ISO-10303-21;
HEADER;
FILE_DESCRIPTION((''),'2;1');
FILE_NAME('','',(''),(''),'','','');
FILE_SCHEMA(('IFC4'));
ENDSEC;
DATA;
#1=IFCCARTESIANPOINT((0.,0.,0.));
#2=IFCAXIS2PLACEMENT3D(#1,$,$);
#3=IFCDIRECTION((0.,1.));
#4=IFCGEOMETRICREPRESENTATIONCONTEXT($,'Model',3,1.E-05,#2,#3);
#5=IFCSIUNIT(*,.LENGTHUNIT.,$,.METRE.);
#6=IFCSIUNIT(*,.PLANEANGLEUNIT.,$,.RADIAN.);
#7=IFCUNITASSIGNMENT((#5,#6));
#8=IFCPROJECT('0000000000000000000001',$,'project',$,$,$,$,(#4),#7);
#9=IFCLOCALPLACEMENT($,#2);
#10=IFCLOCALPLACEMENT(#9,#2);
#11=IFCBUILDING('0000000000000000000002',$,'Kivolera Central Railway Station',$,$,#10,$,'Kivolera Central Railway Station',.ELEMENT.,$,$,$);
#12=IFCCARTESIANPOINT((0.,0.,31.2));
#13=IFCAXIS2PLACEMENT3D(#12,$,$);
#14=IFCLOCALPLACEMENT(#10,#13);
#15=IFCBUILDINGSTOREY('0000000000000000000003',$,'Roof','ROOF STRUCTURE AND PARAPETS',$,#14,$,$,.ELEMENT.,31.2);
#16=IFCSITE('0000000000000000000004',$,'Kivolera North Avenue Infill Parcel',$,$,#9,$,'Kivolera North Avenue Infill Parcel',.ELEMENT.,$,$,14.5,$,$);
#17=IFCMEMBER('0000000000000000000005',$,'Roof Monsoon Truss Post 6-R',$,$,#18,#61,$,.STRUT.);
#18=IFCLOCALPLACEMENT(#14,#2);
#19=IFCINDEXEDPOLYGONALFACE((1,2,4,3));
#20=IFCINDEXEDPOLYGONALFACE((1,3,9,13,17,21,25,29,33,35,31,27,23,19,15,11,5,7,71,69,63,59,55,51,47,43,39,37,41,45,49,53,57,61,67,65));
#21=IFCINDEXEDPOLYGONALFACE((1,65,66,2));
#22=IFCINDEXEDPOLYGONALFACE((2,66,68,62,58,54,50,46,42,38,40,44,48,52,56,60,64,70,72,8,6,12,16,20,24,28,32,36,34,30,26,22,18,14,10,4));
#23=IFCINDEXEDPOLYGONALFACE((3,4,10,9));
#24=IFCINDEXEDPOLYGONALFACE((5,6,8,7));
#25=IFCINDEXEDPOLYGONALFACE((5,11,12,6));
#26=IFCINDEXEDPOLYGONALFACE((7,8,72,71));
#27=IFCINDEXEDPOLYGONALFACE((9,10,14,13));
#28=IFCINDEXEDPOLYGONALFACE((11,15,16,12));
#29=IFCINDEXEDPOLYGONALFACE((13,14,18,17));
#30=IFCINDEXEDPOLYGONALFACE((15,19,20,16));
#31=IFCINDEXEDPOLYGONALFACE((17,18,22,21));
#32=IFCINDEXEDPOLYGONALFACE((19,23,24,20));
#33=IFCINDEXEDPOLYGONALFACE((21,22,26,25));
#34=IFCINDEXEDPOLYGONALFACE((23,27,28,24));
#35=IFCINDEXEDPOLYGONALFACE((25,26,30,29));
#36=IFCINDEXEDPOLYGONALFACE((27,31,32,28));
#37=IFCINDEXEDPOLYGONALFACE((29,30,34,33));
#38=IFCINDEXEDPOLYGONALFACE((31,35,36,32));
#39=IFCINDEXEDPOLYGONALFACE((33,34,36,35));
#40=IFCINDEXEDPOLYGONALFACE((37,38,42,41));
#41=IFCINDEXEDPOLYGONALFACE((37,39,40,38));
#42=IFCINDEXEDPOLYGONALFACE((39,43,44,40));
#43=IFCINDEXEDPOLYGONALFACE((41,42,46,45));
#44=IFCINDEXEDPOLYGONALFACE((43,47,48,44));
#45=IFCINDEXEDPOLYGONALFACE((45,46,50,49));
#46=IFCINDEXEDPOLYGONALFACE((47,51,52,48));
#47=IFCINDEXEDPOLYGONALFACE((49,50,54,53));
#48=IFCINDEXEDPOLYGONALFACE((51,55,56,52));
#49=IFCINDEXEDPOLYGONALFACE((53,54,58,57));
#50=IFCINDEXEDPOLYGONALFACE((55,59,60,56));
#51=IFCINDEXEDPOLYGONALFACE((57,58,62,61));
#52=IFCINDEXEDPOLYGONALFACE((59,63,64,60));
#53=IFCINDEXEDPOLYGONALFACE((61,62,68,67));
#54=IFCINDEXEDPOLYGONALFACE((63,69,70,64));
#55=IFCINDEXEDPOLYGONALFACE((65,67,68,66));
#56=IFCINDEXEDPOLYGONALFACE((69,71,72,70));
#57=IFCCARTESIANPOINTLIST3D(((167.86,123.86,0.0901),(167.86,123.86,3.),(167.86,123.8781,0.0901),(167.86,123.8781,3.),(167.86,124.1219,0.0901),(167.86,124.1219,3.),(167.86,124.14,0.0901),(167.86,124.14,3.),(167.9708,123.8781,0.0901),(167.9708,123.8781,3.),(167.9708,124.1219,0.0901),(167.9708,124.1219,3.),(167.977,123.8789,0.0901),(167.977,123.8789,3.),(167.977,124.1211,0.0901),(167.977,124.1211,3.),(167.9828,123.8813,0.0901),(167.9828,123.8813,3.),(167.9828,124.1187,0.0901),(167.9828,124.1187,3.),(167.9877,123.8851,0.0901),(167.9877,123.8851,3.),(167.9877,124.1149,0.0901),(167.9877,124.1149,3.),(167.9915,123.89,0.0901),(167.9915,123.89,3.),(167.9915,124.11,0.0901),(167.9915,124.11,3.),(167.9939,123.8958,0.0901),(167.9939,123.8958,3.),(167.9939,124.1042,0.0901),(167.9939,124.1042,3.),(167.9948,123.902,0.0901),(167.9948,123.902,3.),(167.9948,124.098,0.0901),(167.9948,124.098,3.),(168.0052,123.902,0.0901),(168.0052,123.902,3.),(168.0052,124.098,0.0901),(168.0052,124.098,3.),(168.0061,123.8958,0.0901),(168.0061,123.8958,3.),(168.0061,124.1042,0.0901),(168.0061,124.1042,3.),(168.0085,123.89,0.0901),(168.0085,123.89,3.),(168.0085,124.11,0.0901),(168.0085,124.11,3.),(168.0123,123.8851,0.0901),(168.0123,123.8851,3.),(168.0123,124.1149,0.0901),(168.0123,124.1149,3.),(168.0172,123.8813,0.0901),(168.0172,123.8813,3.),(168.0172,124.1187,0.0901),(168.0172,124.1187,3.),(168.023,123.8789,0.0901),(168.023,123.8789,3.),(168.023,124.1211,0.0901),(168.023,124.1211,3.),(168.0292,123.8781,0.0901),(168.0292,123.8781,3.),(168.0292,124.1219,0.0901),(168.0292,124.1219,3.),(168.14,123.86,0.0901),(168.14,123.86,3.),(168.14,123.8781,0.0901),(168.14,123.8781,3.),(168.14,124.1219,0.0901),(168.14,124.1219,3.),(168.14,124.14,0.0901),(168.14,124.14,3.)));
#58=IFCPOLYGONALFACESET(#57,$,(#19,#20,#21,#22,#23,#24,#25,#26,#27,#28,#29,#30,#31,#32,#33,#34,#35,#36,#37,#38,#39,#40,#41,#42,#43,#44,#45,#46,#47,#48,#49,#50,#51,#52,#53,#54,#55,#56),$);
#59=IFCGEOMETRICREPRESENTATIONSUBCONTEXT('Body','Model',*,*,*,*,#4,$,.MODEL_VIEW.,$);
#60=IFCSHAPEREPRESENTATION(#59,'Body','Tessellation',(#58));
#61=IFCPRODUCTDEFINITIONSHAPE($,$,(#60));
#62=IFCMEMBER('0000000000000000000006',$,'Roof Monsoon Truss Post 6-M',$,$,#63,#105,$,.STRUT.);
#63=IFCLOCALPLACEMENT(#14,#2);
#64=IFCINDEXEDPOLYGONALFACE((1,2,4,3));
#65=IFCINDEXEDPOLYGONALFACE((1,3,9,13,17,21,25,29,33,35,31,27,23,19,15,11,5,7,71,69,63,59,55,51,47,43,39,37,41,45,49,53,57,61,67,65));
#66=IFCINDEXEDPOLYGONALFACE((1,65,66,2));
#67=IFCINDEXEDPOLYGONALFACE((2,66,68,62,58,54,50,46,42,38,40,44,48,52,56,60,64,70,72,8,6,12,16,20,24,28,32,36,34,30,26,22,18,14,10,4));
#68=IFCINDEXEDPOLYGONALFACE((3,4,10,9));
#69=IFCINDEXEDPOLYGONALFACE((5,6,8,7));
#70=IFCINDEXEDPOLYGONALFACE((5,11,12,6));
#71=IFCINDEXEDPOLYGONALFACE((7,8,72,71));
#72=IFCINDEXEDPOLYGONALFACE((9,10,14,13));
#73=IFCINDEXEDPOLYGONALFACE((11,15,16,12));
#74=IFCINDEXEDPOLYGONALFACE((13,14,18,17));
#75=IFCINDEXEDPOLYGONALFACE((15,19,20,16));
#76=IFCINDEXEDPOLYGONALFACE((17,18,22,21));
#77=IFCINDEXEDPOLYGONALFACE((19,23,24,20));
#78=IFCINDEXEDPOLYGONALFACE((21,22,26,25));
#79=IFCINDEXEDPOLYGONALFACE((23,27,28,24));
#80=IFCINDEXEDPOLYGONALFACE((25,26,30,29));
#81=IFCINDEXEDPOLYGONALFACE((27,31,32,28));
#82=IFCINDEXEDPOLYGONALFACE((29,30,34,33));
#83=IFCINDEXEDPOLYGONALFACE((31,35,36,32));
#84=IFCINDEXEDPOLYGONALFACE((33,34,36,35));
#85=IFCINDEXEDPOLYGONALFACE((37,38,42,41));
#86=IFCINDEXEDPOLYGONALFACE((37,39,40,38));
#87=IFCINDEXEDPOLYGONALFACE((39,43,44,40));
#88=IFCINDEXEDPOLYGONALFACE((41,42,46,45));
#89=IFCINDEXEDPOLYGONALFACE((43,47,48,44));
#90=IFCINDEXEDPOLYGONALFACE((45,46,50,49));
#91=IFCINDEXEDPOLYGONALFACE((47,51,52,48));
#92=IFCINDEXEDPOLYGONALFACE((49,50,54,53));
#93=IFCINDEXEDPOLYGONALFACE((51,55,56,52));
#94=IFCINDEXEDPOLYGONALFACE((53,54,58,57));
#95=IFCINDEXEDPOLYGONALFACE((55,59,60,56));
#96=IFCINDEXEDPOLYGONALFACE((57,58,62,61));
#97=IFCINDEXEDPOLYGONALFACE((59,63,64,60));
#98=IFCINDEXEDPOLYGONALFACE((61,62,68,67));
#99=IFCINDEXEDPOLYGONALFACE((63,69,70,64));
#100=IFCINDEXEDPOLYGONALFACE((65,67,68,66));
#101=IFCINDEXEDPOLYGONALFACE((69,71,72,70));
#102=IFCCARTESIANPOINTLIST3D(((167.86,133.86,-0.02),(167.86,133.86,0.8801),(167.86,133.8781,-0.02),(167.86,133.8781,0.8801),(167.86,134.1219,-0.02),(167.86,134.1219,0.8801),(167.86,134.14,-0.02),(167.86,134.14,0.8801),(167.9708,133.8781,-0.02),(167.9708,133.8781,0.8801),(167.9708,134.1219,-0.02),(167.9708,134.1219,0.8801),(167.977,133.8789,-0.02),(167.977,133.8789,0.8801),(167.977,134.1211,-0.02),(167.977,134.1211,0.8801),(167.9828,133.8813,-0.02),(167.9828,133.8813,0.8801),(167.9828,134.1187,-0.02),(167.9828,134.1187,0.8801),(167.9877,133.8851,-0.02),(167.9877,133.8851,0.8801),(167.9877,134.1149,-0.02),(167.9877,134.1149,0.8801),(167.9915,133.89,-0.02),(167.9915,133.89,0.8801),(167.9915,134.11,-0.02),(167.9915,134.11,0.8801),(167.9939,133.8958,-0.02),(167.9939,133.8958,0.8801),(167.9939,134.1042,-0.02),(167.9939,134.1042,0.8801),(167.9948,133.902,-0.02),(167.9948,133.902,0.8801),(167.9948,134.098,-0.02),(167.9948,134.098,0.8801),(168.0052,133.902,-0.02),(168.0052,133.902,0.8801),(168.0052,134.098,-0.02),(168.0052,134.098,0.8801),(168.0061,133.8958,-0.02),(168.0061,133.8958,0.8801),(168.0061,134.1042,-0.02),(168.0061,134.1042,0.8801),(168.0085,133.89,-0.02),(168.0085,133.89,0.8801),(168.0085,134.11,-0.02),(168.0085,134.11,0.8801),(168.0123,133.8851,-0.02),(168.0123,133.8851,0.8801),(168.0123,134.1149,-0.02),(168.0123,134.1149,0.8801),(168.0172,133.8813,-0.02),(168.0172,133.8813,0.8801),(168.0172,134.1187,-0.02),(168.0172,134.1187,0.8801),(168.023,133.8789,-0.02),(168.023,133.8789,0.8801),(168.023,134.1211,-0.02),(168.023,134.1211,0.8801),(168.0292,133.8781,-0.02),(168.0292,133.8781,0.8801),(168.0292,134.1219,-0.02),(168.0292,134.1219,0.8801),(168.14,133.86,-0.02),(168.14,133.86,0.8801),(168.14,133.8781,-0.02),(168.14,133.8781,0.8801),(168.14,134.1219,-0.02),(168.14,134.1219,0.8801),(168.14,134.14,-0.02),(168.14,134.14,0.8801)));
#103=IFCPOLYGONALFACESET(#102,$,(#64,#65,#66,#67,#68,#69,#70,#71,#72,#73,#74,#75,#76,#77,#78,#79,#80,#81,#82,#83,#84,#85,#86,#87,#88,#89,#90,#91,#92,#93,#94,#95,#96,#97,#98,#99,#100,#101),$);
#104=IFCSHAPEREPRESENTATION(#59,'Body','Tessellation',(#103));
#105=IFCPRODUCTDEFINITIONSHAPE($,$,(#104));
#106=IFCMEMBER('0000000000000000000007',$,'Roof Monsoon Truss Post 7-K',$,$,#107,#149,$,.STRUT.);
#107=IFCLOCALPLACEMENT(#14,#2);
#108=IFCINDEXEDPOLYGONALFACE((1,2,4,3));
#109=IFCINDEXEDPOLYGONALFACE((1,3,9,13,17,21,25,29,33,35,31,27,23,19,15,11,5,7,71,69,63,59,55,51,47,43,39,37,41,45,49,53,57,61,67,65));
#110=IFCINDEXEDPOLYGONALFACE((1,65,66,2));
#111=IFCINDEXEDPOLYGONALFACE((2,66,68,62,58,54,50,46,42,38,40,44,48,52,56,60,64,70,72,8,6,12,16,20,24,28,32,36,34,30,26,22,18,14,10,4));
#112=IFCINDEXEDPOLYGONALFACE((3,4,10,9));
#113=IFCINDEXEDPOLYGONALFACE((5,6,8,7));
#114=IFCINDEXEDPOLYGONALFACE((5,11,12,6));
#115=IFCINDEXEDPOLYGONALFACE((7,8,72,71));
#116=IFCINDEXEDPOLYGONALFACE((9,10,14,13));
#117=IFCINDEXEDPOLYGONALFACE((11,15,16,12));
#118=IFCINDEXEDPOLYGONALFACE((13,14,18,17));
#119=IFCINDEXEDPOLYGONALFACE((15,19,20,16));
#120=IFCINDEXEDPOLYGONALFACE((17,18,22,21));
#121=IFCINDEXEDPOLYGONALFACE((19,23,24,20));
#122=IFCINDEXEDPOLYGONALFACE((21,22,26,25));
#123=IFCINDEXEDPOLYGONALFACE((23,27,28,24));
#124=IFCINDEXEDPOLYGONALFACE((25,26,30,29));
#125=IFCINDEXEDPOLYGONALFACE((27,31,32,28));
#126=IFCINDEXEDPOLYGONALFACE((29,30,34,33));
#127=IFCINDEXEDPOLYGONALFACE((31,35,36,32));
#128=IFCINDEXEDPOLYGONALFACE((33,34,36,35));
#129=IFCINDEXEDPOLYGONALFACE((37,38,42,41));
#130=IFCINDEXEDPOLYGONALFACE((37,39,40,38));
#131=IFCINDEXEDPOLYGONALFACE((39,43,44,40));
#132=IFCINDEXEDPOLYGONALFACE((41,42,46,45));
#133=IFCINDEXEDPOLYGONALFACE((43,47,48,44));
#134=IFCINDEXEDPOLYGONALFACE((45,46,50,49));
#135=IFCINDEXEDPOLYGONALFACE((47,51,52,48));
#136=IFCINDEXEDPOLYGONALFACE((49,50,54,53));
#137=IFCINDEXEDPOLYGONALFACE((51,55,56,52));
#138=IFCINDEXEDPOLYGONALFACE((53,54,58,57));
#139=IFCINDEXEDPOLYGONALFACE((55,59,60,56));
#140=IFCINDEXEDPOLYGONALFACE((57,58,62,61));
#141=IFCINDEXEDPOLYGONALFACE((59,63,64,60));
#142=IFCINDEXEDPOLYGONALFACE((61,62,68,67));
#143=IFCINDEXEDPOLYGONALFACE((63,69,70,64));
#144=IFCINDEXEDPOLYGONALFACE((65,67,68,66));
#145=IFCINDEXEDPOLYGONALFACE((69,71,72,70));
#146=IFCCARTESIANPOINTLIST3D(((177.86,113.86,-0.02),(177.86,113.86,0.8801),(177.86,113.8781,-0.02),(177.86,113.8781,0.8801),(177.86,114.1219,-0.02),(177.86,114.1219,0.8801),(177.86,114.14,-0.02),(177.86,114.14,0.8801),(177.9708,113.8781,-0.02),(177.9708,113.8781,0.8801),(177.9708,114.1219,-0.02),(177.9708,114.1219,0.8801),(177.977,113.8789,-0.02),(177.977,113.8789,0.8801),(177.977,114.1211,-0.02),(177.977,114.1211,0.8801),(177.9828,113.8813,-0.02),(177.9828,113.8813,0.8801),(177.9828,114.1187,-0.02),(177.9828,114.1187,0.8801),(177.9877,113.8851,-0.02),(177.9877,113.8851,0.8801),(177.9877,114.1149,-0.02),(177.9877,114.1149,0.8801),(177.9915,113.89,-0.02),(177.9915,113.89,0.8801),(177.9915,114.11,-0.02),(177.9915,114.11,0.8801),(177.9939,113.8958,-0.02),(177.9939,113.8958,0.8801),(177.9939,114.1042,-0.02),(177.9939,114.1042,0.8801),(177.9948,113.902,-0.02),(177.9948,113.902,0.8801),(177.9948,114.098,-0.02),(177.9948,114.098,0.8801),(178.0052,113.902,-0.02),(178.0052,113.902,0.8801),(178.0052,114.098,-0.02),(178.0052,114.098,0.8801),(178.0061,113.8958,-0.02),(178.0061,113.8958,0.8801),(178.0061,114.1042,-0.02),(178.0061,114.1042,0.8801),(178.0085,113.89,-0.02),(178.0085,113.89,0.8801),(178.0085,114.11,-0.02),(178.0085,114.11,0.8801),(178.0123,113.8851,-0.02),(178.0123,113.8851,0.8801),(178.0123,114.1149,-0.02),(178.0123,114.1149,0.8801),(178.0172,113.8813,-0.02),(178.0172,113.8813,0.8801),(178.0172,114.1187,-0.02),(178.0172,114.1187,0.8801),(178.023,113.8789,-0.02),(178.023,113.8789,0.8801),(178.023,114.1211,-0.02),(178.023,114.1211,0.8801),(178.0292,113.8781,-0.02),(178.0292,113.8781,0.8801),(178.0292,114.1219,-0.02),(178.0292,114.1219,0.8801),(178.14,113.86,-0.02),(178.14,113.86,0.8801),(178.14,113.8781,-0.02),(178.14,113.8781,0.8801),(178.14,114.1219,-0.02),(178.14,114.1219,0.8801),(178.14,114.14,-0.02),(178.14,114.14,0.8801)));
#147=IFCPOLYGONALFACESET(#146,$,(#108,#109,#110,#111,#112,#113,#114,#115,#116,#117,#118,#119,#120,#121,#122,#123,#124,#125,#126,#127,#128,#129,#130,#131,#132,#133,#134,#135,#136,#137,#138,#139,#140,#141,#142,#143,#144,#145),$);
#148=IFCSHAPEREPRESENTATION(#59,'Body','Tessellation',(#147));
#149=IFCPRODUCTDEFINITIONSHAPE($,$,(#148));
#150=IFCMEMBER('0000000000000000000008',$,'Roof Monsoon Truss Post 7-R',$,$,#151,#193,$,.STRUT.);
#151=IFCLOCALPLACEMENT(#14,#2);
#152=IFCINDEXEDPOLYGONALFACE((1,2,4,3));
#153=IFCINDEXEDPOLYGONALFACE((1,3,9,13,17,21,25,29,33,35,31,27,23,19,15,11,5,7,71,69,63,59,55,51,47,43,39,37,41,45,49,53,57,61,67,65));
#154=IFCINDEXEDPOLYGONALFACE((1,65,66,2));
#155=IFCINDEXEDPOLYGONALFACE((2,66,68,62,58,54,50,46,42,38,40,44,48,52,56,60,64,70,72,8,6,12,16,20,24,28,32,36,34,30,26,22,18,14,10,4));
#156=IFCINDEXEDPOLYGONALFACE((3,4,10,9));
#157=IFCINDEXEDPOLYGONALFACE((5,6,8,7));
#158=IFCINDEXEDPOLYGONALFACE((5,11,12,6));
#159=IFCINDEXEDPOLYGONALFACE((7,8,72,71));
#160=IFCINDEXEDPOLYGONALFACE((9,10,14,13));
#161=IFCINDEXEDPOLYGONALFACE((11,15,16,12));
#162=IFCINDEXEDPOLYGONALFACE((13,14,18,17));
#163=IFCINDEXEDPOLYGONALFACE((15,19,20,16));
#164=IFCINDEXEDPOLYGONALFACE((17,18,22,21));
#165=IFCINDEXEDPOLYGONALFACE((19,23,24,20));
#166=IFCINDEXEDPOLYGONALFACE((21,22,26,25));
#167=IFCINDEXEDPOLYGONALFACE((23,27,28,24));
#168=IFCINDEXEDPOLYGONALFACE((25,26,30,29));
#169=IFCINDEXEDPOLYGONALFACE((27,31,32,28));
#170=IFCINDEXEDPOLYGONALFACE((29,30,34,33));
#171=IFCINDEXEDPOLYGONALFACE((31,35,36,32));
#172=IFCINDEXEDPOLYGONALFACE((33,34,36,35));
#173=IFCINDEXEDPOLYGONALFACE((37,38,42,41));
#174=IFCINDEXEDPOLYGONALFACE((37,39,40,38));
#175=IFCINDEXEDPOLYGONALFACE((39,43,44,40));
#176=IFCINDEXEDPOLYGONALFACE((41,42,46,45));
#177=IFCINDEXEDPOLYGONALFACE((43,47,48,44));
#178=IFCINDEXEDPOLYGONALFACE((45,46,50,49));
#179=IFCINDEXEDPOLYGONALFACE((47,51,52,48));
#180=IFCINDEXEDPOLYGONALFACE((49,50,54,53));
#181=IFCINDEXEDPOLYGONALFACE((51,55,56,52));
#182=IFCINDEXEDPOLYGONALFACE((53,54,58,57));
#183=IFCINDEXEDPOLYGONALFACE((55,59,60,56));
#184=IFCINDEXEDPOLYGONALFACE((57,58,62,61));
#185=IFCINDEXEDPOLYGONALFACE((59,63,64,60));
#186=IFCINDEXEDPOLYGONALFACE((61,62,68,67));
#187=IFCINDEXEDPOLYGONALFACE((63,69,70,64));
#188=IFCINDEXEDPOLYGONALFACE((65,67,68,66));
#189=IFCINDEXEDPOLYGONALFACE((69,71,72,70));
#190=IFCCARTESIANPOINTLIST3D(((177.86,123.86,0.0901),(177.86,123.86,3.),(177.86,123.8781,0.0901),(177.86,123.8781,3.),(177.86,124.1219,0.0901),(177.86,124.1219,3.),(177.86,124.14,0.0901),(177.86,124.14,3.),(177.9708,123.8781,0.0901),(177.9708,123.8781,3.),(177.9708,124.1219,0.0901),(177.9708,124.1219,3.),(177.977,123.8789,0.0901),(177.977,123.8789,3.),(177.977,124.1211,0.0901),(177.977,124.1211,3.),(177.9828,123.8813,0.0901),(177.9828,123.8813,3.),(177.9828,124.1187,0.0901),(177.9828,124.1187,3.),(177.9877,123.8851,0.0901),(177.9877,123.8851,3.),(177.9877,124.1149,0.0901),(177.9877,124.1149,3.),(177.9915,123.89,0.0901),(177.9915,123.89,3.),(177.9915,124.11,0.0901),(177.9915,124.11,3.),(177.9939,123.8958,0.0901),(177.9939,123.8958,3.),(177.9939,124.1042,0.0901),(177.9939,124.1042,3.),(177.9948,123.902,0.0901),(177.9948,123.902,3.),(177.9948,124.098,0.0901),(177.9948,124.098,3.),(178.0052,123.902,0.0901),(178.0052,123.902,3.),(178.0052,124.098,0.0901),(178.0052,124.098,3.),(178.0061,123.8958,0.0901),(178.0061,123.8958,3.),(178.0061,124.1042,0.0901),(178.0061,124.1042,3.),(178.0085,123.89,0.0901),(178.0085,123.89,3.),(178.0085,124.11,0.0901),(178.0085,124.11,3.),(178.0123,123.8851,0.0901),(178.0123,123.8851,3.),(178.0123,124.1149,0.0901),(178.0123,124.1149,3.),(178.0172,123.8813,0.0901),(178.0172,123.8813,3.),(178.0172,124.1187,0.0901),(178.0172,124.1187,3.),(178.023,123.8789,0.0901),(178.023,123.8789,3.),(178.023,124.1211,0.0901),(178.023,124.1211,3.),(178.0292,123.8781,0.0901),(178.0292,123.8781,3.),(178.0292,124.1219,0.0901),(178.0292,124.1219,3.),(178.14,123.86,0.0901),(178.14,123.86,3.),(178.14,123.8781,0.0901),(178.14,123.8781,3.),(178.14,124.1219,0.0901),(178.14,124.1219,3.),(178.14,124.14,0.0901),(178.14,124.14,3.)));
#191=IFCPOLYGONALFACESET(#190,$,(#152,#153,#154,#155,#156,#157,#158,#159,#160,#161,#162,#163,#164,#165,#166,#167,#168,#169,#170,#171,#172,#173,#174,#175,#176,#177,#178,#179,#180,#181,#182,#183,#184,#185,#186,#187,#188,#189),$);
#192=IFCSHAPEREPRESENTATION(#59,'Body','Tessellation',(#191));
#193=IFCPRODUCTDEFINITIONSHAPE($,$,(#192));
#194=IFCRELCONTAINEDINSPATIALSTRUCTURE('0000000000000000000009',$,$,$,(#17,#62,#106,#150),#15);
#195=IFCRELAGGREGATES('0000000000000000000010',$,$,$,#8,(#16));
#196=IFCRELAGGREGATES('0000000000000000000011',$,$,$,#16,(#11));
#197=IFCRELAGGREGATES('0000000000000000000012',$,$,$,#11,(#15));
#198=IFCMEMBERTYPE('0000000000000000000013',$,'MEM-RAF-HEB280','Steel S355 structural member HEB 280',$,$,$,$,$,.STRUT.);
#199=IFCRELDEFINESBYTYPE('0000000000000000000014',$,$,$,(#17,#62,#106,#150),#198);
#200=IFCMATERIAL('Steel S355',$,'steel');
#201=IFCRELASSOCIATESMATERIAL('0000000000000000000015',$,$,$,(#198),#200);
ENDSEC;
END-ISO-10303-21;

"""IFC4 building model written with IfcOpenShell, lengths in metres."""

from ifc_helpers import new_model, si_unit, direction, frame, origin, origin_2d, place, context, subcontext, project, spatial, i_section, extrude, material, material_profile, profile_set, type_object, element, save


model = new_model("IFC4")

# Units and contexts
model_context = context("Model", 3, precision=1e-05, world=origin(), true_north=direction((0.0, 1.0)))
body_context = subcontext(model_context, "Body", "Model", "MODEL_VIEW")
ifc_project = project(units=[si_unit("LENGTHUNIT", "METRE"), si_unit("PLANEANGLEUNIT", "RADIAN")], contexts=[model_context])

# Site, building, storey
site_placement = place(None, origin())
site = spatial("IfcSite", under=ifc_project, at=site_placement, Name="Kivolera North Avenue Infill Parcel", LongName="Kivolera North Avenue Infill Parcel", CompositionType="ELEMENT", RefElevation=14.5)
building_placement = place(site_placement, origin())
building = spatial("IfcBuilding", under=site, at=building_placement, Name="Kivolera Central Railway Station", LongName="Kivolera Central Railway Station", CompositionType="ELEMENT")
storey_placement = place(building_placement, frame((0.0, 0.0, 31.2)))
storey = spatial("IfcBuildingStorey", under=building, at=storey_placement, Name="Roof", Description="ROOF STRUCTURE AND PARAPETS", CompositionType="ELEMENT", Elevation=31.2)

# Shared definitions
ifc_material_1 = material(Name="Steel S355", Category="steel")

# Members
ifc_material_profile_1 = material_profile(ifc_material_1, i_section(OverallWidth=0.28, OverallDepth=0.28, WebThickness=0.0105, FlangeThickness=0.0181, FilletRadius=0.0239, at=origin_2d()), Name="HEB 280")
ifc_profile_set_1 = profile_set([ifc_material_profile_1], Name="Steel S355")
member_type_1 = type_object("IfcMemberType", Name="MEM-RAF-HEB280", Description="Steel S355 structural member HEB 280", PredefinedType="STRUT", material=ifc_profile_set_1)
member_1_placement = place(storey_placement, frame((168.0, 124.0, 0.0901), z_axis=(0.0, 0.0, 1.0), x_axis=(1.0, 0.0, 0.0)))
element("IfcMember", 1, at=member_1_placement, inside=storey, type_object=member_type_1, Name="Roof Monsoon Truss Post 6-R", PredefinedType="STRUT", context=body_context, shape_type="SweptSolid", body=[
    extrude(i_section(OverallWidth=0.28, OverallDepth=0.28, WebThickness=0.0105, FlangeThickness=0.0181, FilletRadius=0.0239, at=origin_2d()), origin(), (0.0, 0.0, 1.0), 2.9099),
])
for number, where, z_axis, x_axis, name in (
    (2, (168.0, 134.0, -0.02), (0.0, 0.0, 1.0), (1.0, 0.0, 0.0), "Roof Monsoon Truss Post 6-M"),
    (3, (178.0, 114.0, -0.02), (0.0, 0.0, 1.0), (1.0, 0.0, 0.0), "Roof Monsoon Truss Post 7-K"),
):
    element("IfcMember", number, at=place(storey_placement, frame(where, z_axis=z_axis, x_axis=x_axis)), inside=storey, type_object=member_type_1, Name=name, PredefinedType="STRUT", context=body_context, shape_type="SweptSolid", body=[
        extrude(i_section(OverallWidth=0.28, OverallDepth=0.28, WebThickness=0.0105, FlangeThickness=0.0181, FilletRadius=0.0239, at=origin_2d()), origin(), (0.0, 0.0, 1.0), 0.9001),
    ])
member_2_placement = place(storey_placement, frame((178.0, 124.0, 0.0901), z_axis=(0.0, 0.0, 1.0), x_axis=(1.0, 0.0, 0.0)))
element("IfcMember", 4, at=member_2_placement, inside=storey, type_object=member_type_1, Name="Roof Monsoon Truss Post 7-R", PredefinedType="STRUT", context=body_context, shape_type="SweptSolid", body=[
    extrude(i_section(OverallWidth=0.28, OverallDepth=0.28, WebThickness=0.0105, FlangeThickness=0.0181, FilletRadius=0.0239, at=origin_2d()), origin(), (0.0, 0.0, 1.0), 2.9099),
])

save(model, "model.ifc")
